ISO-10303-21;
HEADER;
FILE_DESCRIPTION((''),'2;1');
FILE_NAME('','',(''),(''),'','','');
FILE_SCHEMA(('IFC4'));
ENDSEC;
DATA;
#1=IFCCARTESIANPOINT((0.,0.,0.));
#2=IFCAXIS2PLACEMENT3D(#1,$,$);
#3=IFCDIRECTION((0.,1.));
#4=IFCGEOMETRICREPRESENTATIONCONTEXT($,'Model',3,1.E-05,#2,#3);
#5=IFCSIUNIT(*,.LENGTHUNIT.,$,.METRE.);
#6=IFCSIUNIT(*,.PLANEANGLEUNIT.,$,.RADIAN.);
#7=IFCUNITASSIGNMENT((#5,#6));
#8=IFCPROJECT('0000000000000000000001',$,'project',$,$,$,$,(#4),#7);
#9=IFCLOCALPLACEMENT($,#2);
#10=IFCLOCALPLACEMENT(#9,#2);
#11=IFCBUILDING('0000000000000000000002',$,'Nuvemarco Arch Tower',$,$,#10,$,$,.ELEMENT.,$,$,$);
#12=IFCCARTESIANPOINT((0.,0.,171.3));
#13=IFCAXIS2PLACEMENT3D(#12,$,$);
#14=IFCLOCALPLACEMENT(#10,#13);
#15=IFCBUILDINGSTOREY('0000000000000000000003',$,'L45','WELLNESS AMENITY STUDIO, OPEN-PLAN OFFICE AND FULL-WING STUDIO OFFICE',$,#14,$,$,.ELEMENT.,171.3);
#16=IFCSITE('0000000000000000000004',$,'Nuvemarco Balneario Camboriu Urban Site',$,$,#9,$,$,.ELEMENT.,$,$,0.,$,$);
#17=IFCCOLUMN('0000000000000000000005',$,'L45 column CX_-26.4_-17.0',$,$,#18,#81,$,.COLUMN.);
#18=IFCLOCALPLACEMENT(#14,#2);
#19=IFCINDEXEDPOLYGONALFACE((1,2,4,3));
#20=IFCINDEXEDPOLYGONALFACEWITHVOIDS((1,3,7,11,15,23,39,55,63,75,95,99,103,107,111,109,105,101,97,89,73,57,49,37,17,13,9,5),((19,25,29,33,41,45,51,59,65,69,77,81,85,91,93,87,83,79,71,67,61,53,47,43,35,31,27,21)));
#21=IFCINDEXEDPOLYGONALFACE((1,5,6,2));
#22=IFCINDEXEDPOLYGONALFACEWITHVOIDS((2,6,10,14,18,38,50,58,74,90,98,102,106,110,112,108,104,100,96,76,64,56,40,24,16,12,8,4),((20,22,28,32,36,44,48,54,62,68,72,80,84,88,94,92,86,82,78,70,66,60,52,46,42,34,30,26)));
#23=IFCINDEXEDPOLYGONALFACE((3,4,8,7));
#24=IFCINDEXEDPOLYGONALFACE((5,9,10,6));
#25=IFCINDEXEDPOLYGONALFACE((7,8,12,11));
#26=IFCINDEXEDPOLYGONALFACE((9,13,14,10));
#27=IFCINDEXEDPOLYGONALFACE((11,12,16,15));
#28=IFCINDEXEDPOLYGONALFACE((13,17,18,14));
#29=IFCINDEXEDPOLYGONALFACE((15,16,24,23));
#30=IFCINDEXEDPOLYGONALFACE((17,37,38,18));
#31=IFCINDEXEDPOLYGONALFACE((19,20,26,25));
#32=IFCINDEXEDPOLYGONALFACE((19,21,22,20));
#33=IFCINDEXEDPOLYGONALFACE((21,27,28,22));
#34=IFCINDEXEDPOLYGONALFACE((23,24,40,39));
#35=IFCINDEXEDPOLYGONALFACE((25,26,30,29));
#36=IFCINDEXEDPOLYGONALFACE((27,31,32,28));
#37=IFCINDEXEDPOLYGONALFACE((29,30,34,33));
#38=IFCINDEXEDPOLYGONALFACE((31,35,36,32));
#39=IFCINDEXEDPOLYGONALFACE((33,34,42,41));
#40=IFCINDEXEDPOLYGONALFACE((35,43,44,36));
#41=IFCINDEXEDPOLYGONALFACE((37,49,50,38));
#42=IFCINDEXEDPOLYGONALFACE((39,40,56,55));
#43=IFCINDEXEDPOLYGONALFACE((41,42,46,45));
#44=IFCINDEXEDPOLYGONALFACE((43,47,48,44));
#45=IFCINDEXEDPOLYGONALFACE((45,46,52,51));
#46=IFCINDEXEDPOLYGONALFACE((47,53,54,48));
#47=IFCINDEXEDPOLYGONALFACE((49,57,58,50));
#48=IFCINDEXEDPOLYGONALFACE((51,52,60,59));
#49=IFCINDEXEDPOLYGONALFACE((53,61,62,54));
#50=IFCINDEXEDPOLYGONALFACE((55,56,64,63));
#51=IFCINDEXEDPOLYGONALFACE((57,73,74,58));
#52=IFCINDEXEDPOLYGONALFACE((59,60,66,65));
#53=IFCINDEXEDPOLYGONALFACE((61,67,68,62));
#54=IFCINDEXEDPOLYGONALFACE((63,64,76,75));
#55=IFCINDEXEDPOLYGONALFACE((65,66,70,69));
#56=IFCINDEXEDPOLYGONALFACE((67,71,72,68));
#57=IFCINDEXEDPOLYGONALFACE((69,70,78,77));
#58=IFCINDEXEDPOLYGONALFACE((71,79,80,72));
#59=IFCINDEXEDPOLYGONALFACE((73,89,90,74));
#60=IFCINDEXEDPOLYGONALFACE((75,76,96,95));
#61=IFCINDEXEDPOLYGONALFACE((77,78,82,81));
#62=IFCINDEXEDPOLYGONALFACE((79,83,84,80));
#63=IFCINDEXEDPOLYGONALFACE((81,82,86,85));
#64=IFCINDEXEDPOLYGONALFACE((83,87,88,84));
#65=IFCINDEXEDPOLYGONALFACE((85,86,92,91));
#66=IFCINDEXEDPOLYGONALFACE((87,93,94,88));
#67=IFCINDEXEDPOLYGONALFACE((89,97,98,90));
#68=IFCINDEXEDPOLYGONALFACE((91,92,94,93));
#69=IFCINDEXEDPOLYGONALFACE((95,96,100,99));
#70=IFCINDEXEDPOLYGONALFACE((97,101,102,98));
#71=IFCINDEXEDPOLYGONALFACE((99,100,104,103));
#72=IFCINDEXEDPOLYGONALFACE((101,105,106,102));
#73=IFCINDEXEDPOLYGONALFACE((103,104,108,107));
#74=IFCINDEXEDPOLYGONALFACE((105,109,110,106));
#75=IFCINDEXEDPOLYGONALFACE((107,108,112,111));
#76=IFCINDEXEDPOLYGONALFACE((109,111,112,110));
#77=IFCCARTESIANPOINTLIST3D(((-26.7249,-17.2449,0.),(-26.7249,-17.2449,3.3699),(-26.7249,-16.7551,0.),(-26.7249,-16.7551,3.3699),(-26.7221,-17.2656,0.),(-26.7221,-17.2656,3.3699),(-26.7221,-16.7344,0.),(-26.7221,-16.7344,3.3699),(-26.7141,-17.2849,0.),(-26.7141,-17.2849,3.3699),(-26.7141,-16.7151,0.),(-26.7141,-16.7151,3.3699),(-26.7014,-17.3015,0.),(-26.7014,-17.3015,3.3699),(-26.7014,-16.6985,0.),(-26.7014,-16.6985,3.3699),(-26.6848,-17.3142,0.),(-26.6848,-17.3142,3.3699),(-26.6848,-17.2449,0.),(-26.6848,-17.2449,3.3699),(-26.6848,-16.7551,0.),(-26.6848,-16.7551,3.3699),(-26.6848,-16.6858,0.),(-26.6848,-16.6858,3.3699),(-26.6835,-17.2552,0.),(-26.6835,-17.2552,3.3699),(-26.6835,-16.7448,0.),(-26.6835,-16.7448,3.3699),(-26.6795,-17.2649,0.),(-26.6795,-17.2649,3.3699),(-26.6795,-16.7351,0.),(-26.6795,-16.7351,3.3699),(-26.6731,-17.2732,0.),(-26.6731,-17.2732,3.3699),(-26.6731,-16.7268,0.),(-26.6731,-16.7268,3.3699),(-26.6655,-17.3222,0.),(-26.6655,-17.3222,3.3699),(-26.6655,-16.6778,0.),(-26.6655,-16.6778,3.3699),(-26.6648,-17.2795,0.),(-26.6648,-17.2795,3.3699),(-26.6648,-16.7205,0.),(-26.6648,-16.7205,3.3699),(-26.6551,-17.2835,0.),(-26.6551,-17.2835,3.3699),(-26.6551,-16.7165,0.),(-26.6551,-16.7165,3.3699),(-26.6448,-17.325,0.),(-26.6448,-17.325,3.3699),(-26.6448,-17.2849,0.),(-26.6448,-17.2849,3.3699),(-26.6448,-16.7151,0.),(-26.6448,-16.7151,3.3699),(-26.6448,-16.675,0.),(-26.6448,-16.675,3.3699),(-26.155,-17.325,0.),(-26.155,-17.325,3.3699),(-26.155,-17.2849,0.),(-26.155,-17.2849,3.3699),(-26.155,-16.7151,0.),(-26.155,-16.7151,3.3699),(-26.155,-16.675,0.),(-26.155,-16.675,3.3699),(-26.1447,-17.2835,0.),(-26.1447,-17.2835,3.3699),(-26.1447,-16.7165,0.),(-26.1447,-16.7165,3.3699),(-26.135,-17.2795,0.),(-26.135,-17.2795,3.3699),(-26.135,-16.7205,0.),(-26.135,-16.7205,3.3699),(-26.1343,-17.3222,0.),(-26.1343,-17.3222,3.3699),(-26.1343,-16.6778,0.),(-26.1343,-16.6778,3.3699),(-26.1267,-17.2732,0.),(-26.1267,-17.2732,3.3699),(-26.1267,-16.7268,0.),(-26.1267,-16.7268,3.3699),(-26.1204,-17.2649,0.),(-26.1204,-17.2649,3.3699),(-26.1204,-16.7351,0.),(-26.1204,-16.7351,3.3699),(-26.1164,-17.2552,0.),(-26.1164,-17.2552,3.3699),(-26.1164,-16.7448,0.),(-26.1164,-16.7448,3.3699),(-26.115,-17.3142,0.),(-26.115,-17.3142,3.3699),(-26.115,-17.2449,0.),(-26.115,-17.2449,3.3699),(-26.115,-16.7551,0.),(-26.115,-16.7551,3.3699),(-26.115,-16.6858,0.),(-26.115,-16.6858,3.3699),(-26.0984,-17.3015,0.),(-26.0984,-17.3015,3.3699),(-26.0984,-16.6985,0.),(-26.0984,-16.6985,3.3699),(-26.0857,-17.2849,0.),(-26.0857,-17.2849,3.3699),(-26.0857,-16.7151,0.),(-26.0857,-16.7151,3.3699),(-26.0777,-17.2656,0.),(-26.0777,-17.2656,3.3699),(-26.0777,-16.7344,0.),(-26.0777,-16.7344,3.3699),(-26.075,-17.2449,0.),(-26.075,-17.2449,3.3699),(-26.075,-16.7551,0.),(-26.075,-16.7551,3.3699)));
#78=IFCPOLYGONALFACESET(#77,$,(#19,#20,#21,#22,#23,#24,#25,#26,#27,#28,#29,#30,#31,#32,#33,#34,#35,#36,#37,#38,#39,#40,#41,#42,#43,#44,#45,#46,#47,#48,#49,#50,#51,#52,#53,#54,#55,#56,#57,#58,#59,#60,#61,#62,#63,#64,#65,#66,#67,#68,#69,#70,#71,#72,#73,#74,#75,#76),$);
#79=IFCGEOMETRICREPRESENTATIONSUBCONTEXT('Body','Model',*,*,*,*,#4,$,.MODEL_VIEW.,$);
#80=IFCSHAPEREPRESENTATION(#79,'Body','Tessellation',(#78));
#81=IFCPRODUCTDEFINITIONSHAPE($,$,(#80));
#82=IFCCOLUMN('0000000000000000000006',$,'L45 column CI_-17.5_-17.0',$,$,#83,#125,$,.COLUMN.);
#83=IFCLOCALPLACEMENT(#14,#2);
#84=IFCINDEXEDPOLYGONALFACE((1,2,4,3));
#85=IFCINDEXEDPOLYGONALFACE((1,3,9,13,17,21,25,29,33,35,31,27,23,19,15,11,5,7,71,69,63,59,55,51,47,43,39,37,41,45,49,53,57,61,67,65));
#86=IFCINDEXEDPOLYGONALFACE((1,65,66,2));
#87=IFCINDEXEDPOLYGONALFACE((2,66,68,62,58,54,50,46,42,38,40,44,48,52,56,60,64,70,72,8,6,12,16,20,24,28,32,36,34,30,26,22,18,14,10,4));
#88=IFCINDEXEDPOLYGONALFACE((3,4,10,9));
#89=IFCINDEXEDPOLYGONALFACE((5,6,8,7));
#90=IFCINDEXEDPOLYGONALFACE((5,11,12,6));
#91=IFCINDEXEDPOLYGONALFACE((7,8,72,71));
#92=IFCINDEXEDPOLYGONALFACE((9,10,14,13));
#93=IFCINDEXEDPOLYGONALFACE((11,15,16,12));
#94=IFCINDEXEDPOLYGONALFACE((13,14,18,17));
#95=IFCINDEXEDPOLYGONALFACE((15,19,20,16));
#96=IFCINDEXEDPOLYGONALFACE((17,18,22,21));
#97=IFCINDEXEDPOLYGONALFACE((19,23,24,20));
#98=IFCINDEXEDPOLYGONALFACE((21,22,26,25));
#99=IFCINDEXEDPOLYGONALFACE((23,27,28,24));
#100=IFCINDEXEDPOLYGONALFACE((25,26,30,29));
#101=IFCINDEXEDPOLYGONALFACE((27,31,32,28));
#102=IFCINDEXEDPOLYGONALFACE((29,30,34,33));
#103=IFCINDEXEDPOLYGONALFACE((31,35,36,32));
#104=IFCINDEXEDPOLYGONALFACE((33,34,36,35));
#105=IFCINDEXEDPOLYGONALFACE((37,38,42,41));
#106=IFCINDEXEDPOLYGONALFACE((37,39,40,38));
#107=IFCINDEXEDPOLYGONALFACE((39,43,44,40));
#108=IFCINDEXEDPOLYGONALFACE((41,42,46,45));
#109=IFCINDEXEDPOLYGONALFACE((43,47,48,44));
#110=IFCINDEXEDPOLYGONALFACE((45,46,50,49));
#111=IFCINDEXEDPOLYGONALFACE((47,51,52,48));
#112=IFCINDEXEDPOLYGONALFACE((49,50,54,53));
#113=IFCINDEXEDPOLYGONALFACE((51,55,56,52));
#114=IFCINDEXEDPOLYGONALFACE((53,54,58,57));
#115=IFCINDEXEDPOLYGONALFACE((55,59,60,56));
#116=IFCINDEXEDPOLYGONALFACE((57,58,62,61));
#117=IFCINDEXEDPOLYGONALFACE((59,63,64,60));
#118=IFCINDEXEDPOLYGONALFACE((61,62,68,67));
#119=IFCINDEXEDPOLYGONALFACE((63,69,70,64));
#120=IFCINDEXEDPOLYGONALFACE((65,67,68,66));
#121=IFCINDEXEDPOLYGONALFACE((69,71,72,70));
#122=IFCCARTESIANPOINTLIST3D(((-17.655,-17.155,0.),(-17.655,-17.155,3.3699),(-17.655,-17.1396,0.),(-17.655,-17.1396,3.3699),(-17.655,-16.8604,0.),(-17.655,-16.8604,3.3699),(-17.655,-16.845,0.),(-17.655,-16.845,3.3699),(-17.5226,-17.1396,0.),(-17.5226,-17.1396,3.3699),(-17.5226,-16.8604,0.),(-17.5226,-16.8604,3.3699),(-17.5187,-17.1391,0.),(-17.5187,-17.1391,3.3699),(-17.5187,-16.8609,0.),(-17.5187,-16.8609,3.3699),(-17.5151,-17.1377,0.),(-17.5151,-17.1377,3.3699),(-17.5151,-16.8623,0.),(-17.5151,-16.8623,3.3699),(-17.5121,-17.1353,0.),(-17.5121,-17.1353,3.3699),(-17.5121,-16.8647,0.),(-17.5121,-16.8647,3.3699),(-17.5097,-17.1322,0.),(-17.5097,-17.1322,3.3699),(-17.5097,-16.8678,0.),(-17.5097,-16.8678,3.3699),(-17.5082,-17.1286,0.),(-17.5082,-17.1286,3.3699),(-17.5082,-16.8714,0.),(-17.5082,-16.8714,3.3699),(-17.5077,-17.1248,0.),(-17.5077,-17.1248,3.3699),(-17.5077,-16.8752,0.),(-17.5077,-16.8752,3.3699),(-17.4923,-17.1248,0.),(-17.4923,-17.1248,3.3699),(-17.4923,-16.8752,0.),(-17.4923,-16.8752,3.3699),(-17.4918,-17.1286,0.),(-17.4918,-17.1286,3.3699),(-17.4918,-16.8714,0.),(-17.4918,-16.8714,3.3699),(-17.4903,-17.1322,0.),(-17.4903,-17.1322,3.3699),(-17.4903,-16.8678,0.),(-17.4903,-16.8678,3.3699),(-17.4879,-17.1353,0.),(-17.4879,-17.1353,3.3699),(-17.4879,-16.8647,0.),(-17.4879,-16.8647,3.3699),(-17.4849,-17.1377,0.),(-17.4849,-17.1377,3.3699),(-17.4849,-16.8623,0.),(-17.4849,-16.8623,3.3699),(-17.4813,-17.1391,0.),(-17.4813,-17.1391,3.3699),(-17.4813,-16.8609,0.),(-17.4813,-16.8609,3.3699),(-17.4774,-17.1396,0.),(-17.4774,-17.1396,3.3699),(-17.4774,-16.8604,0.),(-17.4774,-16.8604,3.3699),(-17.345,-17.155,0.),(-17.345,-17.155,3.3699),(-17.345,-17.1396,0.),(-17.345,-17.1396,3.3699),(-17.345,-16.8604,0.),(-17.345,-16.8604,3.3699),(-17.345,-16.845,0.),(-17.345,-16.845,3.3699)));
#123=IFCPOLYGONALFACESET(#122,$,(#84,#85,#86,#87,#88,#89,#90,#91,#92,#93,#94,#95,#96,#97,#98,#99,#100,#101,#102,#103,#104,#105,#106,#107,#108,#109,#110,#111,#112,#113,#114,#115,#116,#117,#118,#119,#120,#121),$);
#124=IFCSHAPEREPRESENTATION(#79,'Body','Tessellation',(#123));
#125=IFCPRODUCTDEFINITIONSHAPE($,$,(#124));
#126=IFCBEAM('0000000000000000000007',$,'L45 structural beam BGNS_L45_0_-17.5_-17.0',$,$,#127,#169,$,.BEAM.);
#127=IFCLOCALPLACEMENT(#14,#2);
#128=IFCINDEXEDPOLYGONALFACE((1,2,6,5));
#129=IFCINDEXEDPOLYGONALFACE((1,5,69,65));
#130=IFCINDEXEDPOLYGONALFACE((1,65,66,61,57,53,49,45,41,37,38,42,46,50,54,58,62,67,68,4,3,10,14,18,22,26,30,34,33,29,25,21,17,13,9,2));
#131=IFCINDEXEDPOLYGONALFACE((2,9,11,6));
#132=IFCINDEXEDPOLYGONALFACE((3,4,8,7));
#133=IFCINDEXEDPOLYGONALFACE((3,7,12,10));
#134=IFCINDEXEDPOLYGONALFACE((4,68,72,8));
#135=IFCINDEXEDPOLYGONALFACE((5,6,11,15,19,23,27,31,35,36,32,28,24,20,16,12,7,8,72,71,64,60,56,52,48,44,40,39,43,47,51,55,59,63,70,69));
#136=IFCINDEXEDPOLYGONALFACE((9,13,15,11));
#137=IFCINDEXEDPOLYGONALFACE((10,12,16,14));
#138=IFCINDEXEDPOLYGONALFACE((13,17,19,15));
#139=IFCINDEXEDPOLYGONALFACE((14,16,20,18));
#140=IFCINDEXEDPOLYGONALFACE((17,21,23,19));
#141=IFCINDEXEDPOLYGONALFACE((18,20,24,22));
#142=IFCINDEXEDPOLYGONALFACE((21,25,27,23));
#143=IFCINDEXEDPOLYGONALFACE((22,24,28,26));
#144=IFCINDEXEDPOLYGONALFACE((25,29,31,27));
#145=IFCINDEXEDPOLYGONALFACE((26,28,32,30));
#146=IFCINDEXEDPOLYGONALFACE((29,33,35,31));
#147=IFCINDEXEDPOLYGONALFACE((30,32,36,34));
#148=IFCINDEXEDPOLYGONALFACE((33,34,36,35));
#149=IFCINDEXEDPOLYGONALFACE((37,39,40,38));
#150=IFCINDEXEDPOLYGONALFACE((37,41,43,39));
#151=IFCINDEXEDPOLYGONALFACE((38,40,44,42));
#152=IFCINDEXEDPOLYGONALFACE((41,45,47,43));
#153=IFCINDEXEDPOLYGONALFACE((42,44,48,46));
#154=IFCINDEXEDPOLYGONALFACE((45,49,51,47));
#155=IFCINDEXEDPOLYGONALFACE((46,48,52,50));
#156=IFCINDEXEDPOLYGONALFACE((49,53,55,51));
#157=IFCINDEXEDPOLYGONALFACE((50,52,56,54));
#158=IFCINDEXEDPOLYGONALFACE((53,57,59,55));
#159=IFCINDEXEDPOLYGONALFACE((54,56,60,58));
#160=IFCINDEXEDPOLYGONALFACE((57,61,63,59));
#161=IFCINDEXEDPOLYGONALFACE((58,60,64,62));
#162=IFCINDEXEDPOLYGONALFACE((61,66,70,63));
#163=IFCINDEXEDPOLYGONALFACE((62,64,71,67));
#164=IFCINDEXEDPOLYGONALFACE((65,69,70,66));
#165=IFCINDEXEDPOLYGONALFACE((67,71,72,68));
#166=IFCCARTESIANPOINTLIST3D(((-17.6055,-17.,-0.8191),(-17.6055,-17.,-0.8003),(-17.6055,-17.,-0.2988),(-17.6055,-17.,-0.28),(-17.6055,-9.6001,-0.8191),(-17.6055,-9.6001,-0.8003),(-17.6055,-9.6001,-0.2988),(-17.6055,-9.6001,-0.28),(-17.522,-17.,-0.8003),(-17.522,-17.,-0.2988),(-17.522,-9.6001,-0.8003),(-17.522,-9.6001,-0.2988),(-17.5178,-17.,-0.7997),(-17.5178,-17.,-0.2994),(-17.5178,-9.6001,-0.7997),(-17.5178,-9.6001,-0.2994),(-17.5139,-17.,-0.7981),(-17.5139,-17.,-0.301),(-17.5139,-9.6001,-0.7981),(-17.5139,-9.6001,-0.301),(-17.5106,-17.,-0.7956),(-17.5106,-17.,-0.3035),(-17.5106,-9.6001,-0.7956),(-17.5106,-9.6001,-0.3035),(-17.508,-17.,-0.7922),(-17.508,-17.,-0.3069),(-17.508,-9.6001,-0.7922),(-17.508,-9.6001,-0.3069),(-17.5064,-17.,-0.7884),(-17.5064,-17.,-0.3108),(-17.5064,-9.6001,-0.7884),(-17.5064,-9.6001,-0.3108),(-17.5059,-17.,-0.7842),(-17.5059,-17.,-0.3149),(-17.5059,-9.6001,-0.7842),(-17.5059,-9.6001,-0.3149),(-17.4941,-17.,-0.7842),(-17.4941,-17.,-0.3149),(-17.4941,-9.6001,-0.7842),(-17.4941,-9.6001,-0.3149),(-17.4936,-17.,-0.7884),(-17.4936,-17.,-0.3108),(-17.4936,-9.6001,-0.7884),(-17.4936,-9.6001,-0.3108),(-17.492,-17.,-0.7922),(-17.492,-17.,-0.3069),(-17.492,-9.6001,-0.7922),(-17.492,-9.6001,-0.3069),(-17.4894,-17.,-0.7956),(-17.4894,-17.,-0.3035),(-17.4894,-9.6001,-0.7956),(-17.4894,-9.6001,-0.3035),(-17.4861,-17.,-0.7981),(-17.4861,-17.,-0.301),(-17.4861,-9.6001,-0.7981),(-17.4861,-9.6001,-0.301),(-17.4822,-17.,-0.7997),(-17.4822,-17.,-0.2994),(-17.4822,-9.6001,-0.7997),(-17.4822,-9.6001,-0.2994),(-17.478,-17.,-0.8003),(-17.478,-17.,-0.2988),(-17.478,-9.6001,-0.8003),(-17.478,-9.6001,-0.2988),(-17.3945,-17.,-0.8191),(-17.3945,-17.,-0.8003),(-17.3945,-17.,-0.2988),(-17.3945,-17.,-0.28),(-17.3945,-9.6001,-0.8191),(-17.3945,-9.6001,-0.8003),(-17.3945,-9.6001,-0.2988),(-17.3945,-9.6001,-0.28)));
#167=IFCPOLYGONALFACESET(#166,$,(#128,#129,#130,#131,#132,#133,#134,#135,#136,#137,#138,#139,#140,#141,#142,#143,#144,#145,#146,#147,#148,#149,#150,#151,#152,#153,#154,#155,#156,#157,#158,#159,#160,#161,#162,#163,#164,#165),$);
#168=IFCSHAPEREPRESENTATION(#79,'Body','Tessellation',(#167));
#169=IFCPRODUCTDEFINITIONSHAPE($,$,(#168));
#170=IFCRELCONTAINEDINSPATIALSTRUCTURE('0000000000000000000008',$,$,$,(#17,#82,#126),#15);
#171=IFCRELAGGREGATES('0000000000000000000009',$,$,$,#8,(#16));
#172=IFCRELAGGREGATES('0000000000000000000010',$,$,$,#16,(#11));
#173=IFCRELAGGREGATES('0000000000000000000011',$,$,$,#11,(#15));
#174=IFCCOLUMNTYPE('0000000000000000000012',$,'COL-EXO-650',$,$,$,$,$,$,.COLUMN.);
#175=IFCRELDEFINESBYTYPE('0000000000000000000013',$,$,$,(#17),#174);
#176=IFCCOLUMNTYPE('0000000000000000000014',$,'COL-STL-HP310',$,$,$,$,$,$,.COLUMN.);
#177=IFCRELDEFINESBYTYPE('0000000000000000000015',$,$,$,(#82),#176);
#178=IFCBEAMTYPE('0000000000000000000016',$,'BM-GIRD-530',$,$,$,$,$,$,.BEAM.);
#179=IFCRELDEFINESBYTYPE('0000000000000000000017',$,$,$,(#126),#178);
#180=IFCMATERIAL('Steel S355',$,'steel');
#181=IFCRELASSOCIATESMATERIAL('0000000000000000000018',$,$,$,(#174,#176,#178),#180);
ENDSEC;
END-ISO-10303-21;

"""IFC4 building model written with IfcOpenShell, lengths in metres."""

from ifc_helpers import new_model, si_unit, direction, frame, origin, origin_2d, place, context, subcontext, project, spatial, hollow_rectangle, i_section, extrude, material, material_profile, profile_set, type_object, element, save


model = new_model("IFC4")

# Units and contexts
model_context = context("Model", 3, precision=1e-05, world=origin(), true_north=direction((0.0, 1.0)))
body_context = subcontext(model_context, "Body", "Model", "MODEL_VIEW")
ifc_project = project(units=[si_unit("LENGTHUNIT", "METRE"), si_unit("PLANEANGLEUNIT", "RADIAN")], contexts=[model_context])

# Site, building, storey
site_placement = place(None, origin())
site = spatial("IfcSite", under=ifc_project, at=site_placement, Name="Nuvemarco Balneario Camboriu Urban Site", CompositionType="ELEMENT", RefElevation=0.0)
building_placement = place(site_placement, origin())
building = spatial("IfcBuilding", under=site, at=building_placement, Name="Nuvemarco Arch Tower", CompositionType="ELEMENT")
storey_placement = place(building_placement, frame((0.0, 0.0, 171.3)))
storey = spatial("IfcBuildingStorey", under=building, at=storey_placement, Name="L45", Description="WELLNESS AMENITY STUDIO, OPEN-PLAN OFFICE AND FULL-WING STUDIO OFFICE", CompositionType="ELEMENT", Elevation=171.3)

# Columns
ifc_material_1 = material(Name="Steel S355", Category="steel")
ifc_material_profile_1 = material_profile(ifc_material_1, hollow_rectangle(XDim=0.6499, YDim=0.6499, WallThickness=0.04, InnerFilletRadius=0.04, OuterFilletRadius=0.0801, at=origin_2d()), Name="SHS650x650x40")
ifc_profile_set_1 = profile_set([ifc_material_profile_1], Name="Steel S355")
column_type_1 = type_object("IfcColumnType", Name="COL-EXO-650", PredefinedType="COLUMN", material=ifc_profile_set_1)
column_1_placement = place(storey_placement, frame((-26.3999, -17.0, 0.0), z_axis=(0.0, 0.0, 1.0), x_axis=(1.0, 0.0, 0.0)))
element("IfcColumn", 1, at=column_1_placement, inside=storey, type_object=column_type_1, Name="L45 column CX_-26.4_-17.0", PredefinedType="COLUMN", context=body_context, shape_type="SweptSolid", body=[
    extrude(hollow_rectangle(XDim=0.6499, YDim=0.6499, WallThickness=0.04, InnerFilletRadius=0.04, OuterFilletRadius=0.0801, at=origin_2d()), origin(), (0.0, 0.0, 1.0), 3.3699),
])
ifc_material_profile_2 = material_profile(ifc_material_1, i_section(OverallWidth=0.3101, OverallDepth=0.3101, WebThickness=0.0154, FlangeThickness=0.0154, FilletRadius=0.0149, at=origin_2d()), Name="HP310x110")
ifc_profile_set_2 = profile_set([ifc_material_profile_2], Name="Steel S355")
column_type_2 = type_object("IfcColumnType", Name="COL-STL-HP310", PredefinedType="COLUMN", material=ifc_profile_set_2)
column_2_placement = place(storey_placement, frame((-17.5, -17.0, 0.0), z_axis=(0.0, 0.0, 1.0), x_axis=(1.0, 0.0, 0.0)))
element("IfcColumn", 2, at=column_2_placement, inside=storey, type_object=column_type_2, Name="L45 column CI_-17.5_-17.0", PredefinedType="COLUMN", context=body_context, shape_type="SweptSolid", body=[
    extrude(i_section(OverallWidth=0.3101, OverallDepth=0.3101, WebThickness=0.0154, FlangeThickness=0.0154, FilletRadius=0.0149, at=origin_2d()), origin(), (0.0, 0.0, 1.0), 3.3699),
])

# Beam
ifc_material_profile_3 = material_profile(ifc_material_1, i_section(OverallWidth=0.2109, OverallDepth=0.5391, WebThickness=0.0117, FlangeThickness=0.0188, FilletRadius=0.0161, at=origin_2d()), Name="W530x109")
ifc_profile_set_3 = profile_set([ifc_material_profile_3], Name="Steel S355")
beam_type_1 = type_object("IfcBeamType", Name="BM-GIRD-530", PredefinedType="BEAM", material=ifc_profile_set_3)
beam_1_placement = place(storey_placement, frame((-17.5, -17.0, -0.5496), z_axis=(0.0, 1.0, 0.0), x_axis=(-1.0, 0.0, 0.0)))
element("IfcBeam", 3, at=beam_1_placement, inside=storey, type_object=beam_type_1, Name="L45 structural beam BGNS_L45_0_-17.5_-17.0", PredefinedType="BEAM", context=body_context, shape_type="SweptSolid", body=[
    extrude(i_section(OverallWidth=0.2109, OverallDepth=0.5391, WebThickness=0.0117, FlangeThickness=0.0188, FilletRadius=0.0161, at=origin_2d()), origin(), (0.0, 0.0, 1.0), 7.3999),
])

save(model, "model.ifc")
